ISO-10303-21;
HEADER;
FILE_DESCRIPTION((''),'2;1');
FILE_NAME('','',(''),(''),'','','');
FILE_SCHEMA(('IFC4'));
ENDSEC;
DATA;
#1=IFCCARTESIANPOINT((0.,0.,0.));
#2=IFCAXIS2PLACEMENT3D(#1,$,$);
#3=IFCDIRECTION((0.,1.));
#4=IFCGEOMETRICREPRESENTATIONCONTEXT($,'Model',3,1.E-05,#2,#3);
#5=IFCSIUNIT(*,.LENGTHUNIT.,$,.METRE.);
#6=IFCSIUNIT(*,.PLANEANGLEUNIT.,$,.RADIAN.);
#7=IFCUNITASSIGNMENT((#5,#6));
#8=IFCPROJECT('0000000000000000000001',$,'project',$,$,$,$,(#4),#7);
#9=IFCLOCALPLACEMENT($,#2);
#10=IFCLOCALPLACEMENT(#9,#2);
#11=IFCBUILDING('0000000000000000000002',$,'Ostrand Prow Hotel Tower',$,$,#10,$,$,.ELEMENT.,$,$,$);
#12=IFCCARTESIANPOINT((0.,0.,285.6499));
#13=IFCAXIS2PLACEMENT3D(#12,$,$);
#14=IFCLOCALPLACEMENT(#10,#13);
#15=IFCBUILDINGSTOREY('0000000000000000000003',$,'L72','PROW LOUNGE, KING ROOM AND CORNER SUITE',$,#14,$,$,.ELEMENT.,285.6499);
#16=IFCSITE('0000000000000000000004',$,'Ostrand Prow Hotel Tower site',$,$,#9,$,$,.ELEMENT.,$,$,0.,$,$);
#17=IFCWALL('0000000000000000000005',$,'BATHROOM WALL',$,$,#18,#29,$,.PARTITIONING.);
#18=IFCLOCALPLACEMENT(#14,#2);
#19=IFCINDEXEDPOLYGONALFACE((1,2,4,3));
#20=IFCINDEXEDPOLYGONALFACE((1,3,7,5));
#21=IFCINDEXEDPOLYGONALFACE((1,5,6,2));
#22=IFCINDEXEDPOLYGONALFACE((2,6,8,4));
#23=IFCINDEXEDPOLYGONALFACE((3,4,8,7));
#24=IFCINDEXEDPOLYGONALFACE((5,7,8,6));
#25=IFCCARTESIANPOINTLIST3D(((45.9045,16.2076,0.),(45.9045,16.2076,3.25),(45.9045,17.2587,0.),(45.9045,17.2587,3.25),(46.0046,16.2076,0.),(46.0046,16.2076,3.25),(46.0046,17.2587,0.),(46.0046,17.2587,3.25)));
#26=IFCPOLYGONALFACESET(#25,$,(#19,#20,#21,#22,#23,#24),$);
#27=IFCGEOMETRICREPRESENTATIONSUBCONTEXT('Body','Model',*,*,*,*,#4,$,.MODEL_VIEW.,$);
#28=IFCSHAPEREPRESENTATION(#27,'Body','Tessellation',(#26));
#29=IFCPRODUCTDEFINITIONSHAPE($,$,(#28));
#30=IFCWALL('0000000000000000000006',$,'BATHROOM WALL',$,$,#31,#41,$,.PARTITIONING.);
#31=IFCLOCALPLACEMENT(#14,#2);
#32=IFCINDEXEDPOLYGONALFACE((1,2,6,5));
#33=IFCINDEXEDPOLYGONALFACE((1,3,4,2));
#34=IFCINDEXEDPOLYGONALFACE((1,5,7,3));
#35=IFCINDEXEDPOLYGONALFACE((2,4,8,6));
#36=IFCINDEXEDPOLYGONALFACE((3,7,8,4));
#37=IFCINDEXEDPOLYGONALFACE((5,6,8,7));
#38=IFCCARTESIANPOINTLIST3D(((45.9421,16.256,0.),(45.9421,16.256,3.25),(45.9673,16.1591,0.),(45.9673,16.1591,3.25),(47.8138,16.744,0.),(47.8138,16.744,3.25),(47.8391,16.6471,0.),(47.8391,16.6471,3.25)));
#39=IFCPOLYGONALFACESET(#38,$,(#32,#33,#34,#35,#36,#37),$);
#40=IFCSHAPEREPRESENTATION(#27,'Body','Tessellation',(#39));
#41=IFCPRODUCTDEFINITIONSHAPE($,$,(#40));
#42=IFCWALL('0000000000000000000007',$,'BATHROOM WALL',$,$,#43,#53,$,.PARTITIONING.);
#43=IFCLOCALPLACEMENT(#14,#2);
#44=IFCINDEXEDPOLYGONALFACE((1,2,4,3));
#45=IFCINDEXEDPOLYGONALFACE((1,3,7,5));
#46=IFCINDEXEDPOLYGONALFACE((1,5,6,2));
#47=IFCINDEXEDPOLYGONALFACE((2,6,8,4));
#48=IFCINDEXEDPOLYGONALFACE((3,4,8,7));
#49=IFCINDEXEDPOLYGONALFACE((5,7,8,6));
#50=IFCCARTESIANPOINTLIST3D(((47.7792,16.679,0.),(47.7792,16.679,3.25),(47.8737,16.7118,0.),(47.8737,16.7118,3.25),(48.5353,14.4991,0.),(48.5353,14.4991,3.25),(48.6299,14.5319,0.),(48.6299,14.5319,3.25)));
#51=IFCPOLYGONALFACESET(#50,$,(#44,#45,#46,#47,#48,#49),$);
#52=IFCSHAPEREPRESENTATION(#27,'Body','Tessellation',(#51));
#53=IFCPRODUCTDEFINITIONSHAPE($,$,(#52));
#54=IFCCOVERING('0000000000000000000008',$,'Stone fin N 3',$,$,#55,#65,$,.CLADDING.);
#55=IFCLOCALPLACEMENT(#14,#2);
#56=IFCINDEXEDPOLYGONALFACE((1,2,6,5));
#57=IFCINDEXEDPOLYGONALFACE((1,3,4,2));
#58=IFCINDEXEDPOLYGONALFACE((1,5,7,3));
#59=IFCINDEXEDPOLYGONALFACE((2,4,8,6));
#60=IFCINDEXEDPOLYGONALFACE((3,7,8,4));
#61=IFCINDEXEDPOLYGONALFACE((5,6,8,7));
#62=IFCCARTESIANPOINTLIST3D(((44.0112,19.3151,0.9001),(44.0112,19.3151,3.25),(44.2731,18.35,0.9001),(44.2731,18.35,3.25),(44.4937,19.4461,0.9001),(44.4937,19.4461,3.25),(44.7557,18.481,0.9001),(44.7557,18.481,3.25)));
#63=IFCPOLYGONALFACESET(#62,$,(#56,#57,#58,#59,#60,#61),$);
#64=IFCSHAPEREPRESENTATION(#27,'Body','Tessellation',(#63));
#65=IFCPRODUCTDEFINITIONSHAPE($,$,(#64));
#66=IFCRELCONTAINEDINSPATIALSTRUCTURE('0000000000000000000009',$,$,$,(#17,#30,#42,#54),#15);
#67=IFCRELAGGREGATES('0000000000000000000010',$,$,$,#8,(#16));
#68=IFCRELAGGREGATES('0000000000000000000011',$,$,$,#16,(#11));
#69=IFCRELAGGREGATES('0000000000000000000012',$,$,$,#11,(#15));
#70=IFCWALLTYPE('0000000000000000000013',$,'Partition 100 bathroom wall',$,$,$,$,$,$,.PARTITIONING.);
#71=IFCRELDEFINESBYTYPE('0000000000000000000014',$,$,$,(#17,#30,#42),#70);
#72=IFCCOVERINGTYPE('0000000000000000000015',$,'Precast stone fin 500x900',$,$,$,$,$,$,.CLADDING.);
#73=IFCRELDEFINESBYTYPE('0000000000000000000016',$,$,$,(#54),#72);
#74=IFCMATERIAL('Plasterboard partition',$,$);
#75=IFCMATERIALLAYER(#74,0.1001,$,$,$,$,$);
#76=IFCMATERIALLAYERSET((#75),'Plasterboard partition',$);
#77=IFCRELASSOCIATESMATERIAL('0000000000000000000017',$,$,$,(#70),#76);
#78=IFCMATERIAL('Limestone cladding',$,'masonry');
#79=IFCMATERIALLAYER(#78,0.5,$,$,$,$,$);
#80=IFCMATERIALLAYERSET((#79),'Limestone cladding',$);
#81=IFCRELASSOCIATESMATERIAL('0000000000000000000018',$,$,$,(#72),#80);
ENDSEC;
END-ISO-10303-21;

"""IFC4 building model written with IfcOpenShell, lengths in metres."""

from ifc_helpers import new_model, si_unit, direction, frame, frame_2d, origin, place, context, subcontext, project, spatial, rectangle, extrude, material, layer, layer_set, type_object, element, save


model = new_model("IFC4")

# Units and contexts
model_context = context("Model", 3, precision=1e-05, world=origin(), true_north=direction((0.0, 1.0)))
body_context = subcontext(model_context, "Body", "Model", "MODEL_VIEW")
ifc_project = project(units=[si_unit("LENGTHUNIT", "METRE"), si_unit("PLANEANGLEUNIT", "RADIAN")], contexts=[model_context])

# Site, building, storey
site_placement = place(None, origin())
site = spatial("IfcSite", under=ifc_project, at=site_placement, Name="Ostrand Prow Hotel Tower site", CompositionType="ELEMENT", RefElevation=0.0)
building_placement = place(site_placement, origin())
building = spatial("IfcBuilding", under=site, at=building_placement, Name="Ostrand Prow Hotel Tower", CompositionType="ELEMENT")
storey_placement = place(building_placement, frame((0.0, 0.0, 285.6499)))
storey = spatial("IfcBuildingStorey", under=building, at=storey_placement, Name="L72", Description="PROW LOUNGE, KING ROOM AND CORNER SUITE", CompositionType="ELEMENT", Elevation=285.6499)

# Walls
ifc_material_1 = material(Name="Plasterboard partition")
ifc_layer_1 = layer(ifc_material_1, 0.1001)
ifc_layer_set_1 = layer_set([ifc_layer_1], Name="Plasterboard partition")
wall_type_1 = type_object("IfcWallType", Name="Partition 100 bathroom wall", PredefinedType="PARTITIONING", material=ifc_layer_set_1)
wall_1_placement = place(storey_placement, frame((45.9546, 17.2585, 0.0), z_axis=(0.0, 0.0, 1.0), x_axis=(0.0, -1.0, 0.0)))
element("IfcWall", 1, at=wall_1_placement, inside=storey, type_object=wall_type_1, Name="BATHROOM WALL", PredefinedType="PARTITIONING", context=body_context, shape_type="SweptSolid", body=[
    extrude(rectangle(XDim=1.051, YDim=0.1001, at=frame_2d((0.5254, 0.0))), origin(), (0.0, 0.0, 1.0), 3.25),
])
wall_2_placement = place(storey_placement, frame((45.9546, 16.2075, 0.0), z_axis=(0.0, 0.0, 1.0), x_axis=(0.967651, 0.252293, 0.0)))
element("IfcWall", 2, at=wall_2_placement, inside=storey, type_object=wall_type_1, Name="BATHROOM WALL", PredefinedType="PARTITIONING", context=body_context, shape_type="SweptSolid", body=[
    extrude(rectangle(XDim=1.9343, YDim=0.1001, at=frame_2d((0.9673, 0.0))), origin(), (0.0, 0.0, 1.0), 3.25),
])
wall_3_placement = place(storey_placement, frame((47.8264, 16.6956, 0.0), z_axis=(0.0, 0.0, 1.0), x_axis=(0.327696, -0.944783, 0.0)))
element("IfcWall", 3, at=wall_3_placement, inside=storey, type_object=wall_type_1, Name="BATHROOM WALL", PredefinedType="PARTITIONING", context=body_context, shape_type="SweptSolid", body=[
    extrude(rectangle(XDim=2.3074, YDim=0.1001, at=frame_2d((1.1538, 0.0))), origin(), (0.0, 0.0, 1.0), 3.25),
])

# Covering
ifc_material_2 = material(Name="Limestone cladding", Category="masonry")
ifc_layer_2 = layer(ifc_material_2, 0.5)
ifc_layer_set_2 = layer_set([ifc_layer_2], Name="Limestone cladding")
covering_type = type_object("IfcCoveringType", Name="Precast stone fin 500x900", PredefinedType="CLADDING", material=ifc_layer_set_2)
covering_placement = place(storey_placement, frame((44.5144, 18.4155, 0.9001), z_axis=(0.0, 0.0, 1.0), x_axis=(-0.26196, 0.965079, 0.0)))
element("IfcCovering", 4, at=covering_placement, inside=storey, type_object=covering_type, Name="Stone fin N 3", PredefinedType="CLADDING", context=body_context, shape_type="SweptSolid", body=[
    extrude(rectangle(XDim=1.0, YDim=0.5, at=frame_2d((0.5, 0.0))), origin(), (0.0, 0.0, 1.0), 2.3499),
])

save(model, "model.ifc")
